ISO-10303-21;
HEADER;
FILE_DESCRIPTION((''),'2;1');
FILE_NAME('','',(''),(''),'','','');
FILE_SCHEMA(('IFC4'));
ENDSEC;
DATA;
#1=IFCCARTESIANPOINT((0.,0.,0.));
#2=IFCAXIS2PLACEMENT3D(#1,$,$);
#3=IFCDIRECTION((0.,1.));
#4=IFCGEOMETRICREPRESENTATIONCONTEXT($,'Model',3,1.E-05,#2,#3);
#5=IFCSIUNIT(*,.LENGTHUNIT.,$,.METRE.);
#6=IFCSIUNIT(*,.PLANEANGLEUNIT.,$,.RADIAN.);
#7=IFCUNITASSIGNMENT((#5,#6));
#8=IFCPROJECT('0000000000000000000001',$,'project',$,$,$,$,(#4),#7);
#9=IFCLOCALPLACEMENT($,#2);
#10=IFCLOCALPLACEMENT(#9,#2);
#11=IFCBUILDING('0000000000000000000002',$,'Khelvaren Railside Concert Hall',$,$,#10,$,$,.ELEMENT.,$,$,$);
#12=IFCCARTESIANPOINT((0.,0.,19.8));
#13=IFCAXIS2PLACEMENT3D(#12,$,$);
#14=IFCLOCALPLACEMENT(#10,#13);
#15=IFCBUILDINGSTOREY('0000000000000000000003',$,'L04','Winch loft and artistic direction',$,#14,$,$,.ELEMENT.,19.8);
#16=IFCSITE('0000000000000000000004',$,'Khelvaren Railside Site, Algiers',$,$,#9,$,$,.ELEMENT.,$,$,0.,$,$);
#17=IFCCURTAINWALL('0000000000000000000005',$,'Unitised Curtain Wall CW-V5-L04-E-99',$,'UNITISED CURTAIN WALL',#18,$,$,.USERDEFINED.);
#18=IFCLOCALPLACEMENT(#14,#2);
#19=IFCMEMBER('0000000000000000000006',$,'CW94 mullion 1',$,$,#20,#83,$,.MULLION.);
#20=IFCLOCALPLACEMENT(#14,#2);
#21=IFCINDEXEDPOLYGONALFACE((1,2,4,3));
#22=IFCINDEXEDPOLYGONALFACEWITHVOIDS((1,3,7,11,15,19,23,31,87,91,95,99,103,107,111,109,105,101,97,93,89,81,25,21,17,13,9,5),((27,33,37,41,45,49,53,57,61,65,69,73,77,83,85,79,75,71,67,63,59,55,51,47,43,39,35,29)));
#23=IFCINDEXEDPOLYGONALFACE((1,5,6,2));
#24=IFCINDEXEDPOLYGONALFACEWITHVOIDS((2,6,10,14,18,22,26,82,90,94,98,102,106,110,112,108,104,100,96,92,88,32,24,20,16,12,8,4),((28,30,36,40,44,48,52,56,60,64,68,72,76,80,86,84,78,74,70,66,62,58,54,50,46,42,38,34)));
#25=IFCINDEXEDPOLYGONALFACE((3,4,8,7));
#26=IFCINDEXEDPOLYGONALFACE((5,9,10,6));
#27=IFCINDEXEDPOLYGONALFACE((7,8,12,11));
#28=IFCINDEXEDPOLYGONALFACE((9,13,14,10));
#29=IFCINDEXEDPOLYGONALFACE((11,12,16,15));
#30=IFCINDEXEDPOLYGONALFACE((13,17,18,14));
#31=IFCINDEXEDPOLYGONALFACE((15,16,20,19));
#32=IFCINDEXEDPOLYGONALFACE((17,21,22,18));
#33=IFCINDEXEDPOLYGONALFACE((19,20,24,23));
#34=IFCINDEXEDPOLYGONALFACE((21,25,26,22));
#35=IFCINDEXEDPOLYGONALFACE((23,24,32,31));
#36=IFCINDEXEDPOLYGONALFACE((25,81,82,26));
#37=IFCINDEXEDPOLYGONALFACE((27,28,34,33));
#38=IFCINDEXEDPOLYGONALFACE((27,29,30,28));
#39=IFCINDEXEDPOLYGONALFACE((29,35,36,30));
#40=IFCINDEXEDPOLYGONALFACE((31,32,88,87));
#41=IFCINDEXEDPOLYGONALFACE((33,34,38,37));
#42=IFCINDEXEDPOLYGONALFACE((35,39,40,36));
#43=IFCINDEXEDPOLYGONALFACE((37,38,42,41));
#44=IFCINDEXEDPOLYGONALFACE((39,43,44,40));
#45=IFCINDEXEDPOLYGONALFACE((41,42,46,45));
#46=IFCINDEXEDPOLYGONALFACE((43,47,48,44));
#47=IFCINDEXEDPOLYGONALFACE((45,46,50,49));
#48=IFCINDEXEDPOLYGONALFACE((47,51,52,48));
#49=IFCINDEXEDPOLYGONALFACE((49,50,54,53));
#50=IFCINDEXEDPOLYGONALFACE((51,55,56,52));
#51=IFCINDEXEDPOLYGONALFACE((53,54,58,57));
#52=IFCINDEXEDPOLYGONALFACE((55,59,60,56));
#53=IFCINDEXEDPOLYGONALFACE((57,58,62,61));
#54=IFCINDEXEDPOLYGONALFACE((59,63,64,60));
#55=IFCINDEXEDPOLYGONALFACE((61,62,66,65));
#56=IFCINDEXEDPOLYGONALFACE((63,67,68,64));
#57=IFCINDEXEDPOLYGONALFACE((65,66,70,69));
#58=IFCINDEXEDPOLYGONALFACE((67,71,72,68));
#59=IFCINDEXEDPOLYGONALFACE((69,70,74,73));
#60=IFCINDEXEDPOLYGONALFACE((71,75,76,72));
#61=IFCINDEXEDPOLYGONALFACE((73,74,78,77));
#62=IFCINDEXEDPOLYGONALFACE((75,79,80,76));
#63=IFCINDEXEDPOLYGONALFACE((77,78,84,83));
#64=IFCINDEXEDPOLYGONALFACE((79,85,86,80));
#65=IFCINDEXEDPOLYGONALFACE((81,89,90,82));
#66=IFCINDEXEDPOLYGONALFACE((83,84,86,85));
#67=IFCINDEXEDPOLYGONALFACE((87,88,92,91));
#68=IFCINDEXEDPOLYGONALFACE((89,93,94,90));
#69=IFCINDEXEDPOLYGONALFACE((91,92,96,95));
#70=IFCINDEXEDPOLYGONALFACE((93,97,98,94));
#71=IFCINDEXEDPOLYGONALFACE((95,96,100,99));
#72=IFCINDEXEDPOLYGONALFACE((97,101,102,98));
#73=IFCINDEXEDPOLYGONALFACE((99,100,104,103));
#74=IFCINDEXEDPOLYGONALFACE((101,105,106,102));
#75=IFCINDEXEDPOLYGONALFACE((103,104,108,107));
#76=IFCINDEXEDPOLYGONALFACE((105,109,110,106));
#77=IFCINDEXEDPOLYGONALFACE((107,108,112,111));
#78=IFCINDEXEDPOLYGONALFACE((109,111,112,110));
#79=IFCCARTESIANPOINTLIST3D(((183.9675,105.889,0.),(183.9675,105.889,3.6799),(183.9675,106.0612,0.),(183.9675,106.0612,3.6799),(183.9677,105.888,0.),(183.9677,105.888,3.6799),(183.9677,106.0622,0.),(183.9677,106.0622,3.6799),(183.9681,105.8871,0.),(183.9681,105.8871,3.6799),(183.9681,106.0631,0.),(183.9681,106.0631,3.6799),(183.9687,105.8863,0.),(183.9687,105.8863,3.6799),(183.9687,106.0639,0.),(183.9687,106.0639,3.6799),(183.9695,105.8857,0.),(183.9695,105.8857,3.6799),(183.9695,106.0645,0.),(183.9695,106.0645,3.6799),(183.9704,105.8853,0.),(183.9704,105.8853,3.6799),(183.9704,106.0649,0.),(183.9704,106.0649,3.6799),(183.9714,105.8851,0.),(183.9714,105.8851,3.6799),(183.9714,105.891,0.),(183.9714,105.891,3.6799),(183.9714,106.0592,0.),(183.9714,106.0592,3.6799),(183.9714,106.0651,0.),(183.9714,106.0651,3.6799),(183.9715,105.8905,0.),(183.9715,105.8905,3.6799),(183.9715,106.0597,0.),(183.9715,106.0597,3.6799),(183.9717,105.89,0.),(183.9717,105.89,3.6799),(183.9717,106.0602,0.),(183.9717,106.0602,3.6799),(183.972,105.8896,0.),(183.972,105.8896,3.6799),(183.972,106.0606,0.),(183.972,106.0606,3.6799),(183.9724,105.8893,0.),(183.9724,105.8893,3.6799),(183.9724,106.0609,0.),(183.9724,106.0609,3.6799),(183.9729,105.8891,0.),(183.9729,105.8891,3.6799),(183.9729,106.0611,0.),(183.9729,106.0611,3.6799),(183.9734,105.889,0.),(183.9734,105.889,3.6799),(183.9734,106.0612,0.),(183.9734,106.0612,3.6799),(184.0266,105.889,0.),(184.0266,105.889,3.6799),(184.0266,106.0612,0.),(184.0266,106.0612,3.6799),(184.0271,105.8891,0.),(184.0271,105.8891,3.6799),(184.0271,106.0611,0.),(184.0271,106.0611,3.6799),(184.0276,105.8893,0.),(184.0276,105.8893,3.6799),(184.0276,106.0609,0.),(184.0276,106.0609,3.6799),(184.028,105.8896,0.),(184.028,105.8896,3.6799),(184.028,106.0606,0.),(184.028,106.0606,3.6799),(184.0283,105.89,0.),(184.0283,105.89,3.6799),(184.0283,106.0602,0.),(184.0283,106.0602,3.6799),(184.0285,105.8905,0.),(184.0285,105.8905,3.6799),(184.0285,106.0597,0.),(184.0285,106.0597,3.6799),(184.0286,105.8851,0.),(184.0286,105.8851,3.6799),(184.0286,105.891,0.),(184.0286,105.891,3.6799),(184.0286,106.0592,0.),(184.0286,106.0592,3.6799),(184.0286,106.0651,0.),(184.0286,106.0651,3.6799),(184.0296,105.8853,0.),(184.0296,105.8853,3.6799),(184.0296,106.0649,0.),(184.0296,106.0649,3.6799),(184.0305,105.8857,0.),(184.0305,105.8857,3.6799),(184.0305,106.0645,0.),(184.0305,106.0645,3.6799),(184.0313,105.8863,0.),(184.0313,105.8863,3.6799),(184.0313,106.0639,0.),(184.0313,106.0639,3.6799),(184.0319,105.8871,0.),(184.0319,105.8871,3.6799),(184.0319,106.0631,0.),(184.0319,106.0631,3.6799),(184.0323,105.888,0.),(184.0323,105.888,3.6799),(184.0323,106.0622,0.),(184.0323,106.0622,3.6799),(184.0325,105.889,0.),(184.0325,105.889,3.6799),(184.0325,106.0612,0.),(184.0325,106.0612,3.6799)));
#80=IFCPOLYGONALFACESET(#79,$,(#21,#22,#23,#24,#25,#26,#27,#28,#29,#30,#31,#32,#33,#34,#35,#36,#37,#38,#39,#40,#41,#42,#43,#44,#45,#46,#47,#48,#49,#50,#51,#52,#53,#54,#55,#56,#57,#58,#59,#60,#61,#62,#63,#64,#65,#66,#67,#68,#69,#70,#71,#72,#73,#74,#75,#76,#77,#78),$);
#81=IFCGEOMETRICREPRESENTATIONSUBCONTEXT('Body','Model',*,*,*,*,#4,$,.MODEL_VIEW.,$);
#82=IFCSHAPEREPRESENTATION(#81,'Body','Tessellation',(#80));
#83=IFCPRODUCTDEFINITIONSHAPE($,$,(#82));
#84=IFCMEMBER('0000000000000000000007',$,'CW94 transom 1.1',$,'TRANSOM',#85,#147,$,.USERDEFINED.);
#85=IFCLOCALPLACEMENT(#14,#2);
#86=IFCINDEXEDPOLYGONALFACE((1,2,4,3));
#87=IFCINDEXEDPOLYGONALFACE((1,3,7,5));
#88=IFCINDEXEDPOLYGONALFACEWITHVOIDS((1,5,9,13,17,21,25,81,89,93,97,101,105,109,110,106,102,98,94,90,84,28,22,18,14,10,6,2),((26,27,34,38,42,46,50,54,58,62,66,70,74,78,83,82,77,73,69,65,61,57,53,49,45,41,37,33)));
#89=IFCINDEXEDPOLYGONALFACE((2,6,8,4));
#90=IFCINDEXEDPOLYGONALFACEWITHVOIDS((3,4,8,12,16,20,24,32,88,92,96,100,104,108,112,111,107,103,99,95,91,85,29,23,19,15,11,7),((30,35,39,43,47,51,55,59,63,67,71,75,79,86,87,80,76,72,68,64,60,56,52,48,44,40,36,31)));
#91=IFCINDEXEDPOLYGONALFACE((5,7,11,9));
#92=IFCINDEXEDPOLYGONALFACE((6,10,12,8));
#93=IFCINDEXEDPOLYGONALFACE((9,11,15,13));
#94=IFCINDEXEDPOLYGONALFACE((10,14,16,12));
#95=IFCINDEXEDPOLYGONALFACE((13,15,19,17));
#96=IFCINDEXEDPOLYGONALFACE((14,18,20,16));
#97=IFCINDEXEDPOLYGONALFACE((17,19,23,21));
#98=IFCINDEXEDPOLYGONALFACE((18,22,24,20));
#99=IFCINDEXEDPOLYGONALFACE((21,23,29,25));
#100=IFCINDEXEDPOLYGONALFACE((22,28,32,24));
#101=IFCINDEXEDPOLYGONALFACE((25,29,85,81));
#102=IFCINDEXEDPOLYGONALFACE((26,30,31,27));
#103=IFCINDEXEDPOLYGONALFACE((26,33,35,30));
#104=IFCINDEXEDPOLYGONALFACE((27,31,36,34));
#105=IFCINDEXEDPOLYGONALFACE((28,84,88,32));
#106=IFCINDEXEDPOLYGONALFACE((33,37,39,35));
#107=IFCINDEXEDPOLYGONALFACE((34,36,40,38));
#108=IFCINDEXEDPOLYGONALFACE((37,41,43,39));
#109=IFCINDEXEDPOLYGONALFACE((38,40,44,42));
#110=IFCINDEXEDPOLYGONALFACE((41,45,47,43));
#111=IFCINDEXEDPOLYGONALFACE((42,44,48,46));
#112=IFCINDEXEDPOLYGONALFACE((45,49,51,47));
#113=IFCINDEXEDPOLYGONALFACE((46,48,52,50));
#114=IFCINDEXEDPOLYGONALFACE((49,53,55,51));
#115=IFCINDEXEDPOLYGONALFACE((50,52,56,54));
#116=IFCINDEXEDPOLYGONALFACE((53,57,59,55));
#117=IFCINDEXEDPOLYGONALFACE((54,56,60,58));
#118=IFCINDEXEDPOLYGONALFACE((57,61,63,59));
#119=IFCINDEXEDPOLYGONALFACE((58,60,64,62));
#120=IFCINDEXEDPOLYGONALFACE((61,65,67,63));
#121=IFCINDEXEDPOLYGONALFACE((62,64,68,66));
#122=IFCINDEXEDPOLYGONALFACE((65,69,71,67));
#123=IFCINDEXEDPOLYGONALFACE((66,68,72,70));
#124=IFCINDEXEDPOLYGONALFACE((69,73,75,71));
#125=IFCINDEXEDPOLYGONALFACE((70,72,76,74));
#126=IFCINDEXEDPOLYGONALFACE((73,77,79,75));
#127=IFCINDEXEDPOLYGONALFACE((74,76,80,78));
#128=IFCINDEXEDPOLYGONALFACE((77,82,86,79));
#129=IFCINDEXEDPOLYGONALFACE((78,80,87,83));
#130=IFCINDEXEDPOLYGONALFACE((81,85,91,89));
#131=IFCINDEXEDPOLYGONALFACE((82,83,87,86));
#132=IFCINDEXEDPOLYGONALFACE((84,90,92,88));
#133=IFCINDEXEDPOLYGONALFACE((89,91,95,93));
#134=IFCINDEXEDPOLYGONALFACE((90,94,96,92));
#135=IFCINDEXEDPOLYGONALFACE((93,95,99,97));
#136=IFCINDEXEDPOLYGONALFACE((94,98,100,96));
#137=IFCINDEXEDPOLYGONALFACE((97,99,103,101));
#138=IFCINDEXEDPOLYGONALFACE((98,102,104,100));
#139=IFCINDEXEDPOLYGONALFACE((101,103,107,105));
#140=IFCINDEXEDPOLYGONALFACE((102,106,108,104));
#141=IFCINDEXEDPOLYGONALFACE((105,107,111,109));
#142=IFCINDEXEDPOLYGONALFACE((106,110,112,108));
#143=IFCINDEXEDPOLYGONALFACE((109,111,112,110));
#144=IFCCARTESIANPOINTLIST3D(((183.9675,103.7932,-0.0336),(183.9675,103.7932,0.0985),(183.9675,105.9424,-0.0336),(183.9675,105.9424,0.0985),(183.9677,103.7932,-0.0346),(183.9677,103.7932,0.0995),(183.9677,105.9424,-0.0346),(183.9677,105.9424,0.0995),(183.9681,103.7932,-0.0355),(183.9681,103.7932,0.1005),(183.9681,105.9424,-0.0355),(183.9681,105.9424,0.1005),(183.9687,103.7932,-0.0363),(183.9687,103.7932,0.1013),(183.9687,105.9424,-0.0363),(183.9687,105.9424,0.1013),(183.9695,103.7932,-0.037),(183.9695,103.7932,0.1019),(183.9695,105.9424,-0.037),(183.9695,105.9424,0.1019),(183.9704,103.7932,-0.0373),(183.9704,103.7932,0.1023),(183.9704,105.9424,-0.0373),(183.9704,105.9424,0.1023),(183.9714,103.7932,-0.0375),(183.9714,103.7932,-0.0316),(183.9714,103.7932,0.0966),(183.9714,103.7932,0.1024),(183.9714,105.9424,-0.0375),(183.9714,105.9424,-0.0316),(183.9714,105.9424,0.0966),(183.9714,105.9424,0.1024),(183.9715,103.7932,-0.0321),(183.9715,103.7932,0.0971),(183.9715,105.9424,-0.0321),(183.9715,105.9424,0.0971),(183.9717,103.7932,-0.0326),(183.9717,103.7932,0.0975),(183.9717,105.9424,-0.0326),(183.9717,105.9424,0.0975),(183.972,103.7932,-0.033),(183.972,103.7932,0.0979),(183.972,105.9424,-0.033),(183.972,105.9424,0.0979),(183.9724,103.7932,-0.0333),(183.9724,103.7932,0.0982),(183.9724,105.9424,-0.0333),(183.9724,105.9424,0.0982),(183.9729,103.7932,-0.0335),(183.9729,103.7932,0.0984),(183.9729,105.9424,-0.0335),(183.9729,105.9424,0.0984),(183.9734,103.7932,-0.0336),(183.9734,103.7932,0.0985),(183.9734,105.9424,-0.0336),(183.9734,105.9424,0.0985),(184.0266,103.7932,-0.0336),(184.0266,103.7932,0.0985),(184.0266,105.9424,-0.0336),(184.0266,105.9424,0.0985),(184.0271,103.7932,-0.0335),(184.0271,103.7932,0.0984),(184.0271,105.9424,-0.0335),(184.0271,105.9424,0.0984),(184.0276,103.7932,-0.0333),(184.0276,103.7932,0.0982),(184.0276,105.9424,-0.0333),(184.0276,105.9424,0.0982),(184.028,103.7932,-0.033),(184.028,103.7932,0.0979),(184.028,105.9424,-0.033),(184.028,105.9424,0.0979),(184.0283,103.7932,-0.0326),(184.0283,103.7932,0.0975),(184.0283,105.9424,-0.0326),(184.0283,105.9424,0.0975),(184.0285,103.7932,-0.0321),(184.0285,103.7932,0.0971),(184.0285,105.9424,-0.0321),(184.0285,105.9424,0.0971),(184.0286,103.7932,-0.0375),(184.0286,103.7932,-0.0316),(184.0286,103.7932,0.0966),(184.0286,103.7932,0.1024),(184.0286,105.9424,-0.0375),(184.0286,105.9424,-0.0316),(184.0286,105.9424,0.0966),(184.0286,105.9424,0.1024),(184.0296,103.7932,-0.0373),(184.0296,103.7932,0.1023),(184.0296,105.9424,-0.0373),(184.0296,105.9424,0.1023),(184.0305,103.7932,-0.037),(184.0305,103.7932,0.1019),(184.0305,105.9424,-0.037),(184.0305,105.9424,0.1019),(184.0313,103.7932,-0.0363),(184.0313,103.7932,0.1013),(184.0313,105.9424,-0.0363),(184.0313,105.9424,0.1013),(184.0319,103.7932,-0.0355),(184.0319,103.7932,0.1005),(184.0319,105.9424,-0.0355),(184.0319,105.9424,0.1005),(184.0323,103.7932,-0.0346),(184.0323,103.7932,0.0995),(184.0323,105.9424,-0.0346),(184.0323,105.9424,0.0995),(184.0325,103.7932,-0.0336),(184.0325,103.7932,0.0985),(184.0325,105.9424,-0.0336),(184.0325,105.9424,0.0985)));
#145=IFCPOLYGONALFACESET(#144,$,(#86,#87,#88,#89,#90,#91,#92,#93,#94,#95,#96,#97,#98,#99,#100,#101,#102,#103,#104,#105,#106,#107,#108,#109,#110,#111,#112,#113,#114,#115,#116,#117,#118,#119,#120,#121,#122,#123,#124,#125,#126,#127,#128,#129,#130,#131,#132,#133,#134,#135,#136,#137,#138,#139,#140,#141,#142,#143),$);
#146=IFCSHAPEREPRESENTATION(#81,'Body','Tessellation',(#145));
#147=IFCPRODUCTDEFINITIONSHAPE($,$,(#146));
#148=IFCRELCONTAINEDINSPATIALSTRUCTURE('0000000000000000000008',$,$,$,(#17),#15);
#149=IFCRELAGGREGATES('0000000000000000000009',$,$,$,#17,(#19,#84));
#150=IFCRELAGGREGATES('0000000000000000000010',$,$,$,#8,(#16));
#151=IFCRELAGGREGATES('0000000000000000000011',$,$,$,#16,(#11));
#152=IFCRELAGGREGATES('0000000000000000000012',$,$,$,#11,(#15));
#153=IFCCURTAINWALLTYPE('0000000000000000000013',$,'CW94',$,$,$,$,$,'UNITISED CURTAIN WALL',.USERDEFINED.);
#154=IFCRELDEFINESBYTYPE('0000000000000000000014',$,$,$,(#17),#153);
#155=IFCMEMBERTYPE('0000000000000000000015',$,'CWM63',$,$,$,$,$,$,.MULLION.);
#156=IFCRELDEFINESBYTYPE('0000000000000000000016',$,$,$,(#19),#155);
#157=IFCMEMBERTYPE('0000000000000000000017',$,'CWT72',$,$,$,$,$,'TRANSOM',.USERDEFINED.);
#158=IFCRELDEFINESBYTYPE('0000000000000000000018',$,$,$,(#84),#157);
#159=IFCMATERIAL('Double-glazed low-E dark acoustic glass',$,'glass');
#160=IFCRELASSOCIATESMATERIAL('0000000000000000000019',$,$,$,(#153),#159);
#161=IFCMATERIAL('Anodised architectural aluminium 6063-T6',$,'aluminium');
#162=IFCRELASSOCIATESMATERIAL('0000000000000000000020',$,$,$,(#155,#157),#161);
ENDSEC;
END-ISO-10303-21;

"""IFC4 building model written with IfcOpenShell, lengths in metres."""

from ifc_helpers import new_model, si_unit, direction, frame, origin, origin_2d, place, context, subcontext, project, spatial, hollow_rectangle, extrude, material, material_profile, profile_set, type_object, element, aggregate, save


model = new_model("IFC4")

# Units and contexts
model_context = context("Model", 3, precision=1e-05, world=origin(), true_north=direction((0.0, 1.0)))
body_context = subcontext(model_context, "Body", "Model", "MODEL_VIEW")
ifc_project = project(units=[si_unit("LENGTHUNIT", "METRE"), si_unit("PLANEANGLEUNIT", "RADIAN")], contexts=[model_context])

# Site, building, storey
site_placement = place(None, origin())
site = spatial("IfcSite", under=ifc_project, at=site_placement, Name="Khelvaren Railside Site, Algiers", CompositionType="ELEMENT", RefElevation=0.0)
building_placement = place(site_placement, origin())
building = spatial("IfcBuilding", under=site, at=building_placement, Name="Khelvaren Railside Concert Hall", CompositionType="ELEMENT")
storey_placement = place(building_placement, frame((0.0, 0.0, 19.8)))
storey = spatial("IfcBuildingStorey", under=building, at=storey_placement, Name="L04", Description="Winch loft and artistic direction", CompositionType="ELEMENT", Elevation=19.8)

# Curtain wall, members
ifc_material_1 = material(Name="Anodised architectural aluminium 6063-T6", Category="aluminium")
ifc_material_2 = material(Name="Double-glazed low-E dark acoustic glass", Category="glass")
curtain_wall_type_1 = type_object("IfcCurtainWallType", Name="CW94", ElementType="UNITISED CURTAIN WALL", PredefinedType="USERDEFINED", material=ifc_material_2)
curtain_wall_1_placement = place(storey_placement, origin())
curtain_wall_1 = element("IfcCurtainWall", 1, at=curtain_wall_1_placement, inside=storey, type_object=curtain_wall_type_1, Name="Unitised Curtain Wall CW-V5-L04-E-99", ObjectType="UNITISED CURTAIN WALL", PredefinedType="USERDEFINED")
ifc_material_profile_1 = material_profile(ifc_material_1, hollow_rectangle(XDim=0.0649, YDim=0.1799, WallThickness=0.0039, InnerFilletRadius=0.002, OuterFilletRadius=0.0039, at=origin_2d()), Name="CWM 65x180x4")
ifc_profile_set_1 = profile_set([ifc_material_profile_1], Name="Anodised architectural aluminium 6063-T6")
member_type_1 = type_object("IfcMemberType", Name="CWM63", PredefinedType="MULLION", material=ifc_profile_set_1)
member_1_placement = place(storey_placement, frame((184.0, 105.9751, 0.0), z_axis=(0.0, 0.0, 1.0), x_axis=(1.0, 0.0, 0.0)))
member_1 = element("IfcMember", 2, at=member_1_placement, type_object=member_type_1, Name="CW94 mullion 1", PredefinedType="MULLION", context=body_context, shape_type="SweptSolid", body=[
    extrude(hollow_rectangle(XDim=0.0649, YDim=0.1799, WallThickness=0.0039, InnerFilletRadius=0.002, OuterFilletRadius=0.0039, at=origin_2d()), origin(), (0.0, 0.0, 1.0), 3.6799),
])
ifc_material_profile_2 = material_profile(ifc_material_1, hollow_rectangle(XDim=0.0649, YDim=0.1399, WallThickness=0.0039, InnerFilletRadius=0.002, OuterFilletRadius=0.0039, at=origin_2d()), Name="CWT 65x140x4")
ifc_profile_set_2 = profile_set([ifc_material_profile_2], Name="Anodised architectural aluminium 6063-T6")
member_type_2 = type_object("IfcMemberType", Name="CWT72", ElementType="TRANSOM", PredefinedType="USERDEFINED", material=ifc_profile_set_2)
member_2_placement = place(storey_placement, frame((184.0, 105.9424, 0.0325), z_axis=(0.0, -1.0, 0.0), x_axis=(1.0, 0.0, 0.0)))
member_2 = element("IfcMember", 3, at=member_2_placement, type_object=member_type_2, Name="CW94 transom 1.1", ObjectType="TRANSOM", PredefinedType="USERDEFINED", context=body_context, shape_type="SweptSolid", body=[
    extrude(hollow_rectangle(XDim=0.0649, YDim=0.1399, WallThickness=0.0039, InnerFilletRadius=0.002, OuterFilletRadius=0.0039, at=origin_2d()), origin(), (0.0, 0.0, 1.0), 2.1492),
])

aggregate(curtain_wall_1, [member_1, member_2])

save(model, "model.ifc")
